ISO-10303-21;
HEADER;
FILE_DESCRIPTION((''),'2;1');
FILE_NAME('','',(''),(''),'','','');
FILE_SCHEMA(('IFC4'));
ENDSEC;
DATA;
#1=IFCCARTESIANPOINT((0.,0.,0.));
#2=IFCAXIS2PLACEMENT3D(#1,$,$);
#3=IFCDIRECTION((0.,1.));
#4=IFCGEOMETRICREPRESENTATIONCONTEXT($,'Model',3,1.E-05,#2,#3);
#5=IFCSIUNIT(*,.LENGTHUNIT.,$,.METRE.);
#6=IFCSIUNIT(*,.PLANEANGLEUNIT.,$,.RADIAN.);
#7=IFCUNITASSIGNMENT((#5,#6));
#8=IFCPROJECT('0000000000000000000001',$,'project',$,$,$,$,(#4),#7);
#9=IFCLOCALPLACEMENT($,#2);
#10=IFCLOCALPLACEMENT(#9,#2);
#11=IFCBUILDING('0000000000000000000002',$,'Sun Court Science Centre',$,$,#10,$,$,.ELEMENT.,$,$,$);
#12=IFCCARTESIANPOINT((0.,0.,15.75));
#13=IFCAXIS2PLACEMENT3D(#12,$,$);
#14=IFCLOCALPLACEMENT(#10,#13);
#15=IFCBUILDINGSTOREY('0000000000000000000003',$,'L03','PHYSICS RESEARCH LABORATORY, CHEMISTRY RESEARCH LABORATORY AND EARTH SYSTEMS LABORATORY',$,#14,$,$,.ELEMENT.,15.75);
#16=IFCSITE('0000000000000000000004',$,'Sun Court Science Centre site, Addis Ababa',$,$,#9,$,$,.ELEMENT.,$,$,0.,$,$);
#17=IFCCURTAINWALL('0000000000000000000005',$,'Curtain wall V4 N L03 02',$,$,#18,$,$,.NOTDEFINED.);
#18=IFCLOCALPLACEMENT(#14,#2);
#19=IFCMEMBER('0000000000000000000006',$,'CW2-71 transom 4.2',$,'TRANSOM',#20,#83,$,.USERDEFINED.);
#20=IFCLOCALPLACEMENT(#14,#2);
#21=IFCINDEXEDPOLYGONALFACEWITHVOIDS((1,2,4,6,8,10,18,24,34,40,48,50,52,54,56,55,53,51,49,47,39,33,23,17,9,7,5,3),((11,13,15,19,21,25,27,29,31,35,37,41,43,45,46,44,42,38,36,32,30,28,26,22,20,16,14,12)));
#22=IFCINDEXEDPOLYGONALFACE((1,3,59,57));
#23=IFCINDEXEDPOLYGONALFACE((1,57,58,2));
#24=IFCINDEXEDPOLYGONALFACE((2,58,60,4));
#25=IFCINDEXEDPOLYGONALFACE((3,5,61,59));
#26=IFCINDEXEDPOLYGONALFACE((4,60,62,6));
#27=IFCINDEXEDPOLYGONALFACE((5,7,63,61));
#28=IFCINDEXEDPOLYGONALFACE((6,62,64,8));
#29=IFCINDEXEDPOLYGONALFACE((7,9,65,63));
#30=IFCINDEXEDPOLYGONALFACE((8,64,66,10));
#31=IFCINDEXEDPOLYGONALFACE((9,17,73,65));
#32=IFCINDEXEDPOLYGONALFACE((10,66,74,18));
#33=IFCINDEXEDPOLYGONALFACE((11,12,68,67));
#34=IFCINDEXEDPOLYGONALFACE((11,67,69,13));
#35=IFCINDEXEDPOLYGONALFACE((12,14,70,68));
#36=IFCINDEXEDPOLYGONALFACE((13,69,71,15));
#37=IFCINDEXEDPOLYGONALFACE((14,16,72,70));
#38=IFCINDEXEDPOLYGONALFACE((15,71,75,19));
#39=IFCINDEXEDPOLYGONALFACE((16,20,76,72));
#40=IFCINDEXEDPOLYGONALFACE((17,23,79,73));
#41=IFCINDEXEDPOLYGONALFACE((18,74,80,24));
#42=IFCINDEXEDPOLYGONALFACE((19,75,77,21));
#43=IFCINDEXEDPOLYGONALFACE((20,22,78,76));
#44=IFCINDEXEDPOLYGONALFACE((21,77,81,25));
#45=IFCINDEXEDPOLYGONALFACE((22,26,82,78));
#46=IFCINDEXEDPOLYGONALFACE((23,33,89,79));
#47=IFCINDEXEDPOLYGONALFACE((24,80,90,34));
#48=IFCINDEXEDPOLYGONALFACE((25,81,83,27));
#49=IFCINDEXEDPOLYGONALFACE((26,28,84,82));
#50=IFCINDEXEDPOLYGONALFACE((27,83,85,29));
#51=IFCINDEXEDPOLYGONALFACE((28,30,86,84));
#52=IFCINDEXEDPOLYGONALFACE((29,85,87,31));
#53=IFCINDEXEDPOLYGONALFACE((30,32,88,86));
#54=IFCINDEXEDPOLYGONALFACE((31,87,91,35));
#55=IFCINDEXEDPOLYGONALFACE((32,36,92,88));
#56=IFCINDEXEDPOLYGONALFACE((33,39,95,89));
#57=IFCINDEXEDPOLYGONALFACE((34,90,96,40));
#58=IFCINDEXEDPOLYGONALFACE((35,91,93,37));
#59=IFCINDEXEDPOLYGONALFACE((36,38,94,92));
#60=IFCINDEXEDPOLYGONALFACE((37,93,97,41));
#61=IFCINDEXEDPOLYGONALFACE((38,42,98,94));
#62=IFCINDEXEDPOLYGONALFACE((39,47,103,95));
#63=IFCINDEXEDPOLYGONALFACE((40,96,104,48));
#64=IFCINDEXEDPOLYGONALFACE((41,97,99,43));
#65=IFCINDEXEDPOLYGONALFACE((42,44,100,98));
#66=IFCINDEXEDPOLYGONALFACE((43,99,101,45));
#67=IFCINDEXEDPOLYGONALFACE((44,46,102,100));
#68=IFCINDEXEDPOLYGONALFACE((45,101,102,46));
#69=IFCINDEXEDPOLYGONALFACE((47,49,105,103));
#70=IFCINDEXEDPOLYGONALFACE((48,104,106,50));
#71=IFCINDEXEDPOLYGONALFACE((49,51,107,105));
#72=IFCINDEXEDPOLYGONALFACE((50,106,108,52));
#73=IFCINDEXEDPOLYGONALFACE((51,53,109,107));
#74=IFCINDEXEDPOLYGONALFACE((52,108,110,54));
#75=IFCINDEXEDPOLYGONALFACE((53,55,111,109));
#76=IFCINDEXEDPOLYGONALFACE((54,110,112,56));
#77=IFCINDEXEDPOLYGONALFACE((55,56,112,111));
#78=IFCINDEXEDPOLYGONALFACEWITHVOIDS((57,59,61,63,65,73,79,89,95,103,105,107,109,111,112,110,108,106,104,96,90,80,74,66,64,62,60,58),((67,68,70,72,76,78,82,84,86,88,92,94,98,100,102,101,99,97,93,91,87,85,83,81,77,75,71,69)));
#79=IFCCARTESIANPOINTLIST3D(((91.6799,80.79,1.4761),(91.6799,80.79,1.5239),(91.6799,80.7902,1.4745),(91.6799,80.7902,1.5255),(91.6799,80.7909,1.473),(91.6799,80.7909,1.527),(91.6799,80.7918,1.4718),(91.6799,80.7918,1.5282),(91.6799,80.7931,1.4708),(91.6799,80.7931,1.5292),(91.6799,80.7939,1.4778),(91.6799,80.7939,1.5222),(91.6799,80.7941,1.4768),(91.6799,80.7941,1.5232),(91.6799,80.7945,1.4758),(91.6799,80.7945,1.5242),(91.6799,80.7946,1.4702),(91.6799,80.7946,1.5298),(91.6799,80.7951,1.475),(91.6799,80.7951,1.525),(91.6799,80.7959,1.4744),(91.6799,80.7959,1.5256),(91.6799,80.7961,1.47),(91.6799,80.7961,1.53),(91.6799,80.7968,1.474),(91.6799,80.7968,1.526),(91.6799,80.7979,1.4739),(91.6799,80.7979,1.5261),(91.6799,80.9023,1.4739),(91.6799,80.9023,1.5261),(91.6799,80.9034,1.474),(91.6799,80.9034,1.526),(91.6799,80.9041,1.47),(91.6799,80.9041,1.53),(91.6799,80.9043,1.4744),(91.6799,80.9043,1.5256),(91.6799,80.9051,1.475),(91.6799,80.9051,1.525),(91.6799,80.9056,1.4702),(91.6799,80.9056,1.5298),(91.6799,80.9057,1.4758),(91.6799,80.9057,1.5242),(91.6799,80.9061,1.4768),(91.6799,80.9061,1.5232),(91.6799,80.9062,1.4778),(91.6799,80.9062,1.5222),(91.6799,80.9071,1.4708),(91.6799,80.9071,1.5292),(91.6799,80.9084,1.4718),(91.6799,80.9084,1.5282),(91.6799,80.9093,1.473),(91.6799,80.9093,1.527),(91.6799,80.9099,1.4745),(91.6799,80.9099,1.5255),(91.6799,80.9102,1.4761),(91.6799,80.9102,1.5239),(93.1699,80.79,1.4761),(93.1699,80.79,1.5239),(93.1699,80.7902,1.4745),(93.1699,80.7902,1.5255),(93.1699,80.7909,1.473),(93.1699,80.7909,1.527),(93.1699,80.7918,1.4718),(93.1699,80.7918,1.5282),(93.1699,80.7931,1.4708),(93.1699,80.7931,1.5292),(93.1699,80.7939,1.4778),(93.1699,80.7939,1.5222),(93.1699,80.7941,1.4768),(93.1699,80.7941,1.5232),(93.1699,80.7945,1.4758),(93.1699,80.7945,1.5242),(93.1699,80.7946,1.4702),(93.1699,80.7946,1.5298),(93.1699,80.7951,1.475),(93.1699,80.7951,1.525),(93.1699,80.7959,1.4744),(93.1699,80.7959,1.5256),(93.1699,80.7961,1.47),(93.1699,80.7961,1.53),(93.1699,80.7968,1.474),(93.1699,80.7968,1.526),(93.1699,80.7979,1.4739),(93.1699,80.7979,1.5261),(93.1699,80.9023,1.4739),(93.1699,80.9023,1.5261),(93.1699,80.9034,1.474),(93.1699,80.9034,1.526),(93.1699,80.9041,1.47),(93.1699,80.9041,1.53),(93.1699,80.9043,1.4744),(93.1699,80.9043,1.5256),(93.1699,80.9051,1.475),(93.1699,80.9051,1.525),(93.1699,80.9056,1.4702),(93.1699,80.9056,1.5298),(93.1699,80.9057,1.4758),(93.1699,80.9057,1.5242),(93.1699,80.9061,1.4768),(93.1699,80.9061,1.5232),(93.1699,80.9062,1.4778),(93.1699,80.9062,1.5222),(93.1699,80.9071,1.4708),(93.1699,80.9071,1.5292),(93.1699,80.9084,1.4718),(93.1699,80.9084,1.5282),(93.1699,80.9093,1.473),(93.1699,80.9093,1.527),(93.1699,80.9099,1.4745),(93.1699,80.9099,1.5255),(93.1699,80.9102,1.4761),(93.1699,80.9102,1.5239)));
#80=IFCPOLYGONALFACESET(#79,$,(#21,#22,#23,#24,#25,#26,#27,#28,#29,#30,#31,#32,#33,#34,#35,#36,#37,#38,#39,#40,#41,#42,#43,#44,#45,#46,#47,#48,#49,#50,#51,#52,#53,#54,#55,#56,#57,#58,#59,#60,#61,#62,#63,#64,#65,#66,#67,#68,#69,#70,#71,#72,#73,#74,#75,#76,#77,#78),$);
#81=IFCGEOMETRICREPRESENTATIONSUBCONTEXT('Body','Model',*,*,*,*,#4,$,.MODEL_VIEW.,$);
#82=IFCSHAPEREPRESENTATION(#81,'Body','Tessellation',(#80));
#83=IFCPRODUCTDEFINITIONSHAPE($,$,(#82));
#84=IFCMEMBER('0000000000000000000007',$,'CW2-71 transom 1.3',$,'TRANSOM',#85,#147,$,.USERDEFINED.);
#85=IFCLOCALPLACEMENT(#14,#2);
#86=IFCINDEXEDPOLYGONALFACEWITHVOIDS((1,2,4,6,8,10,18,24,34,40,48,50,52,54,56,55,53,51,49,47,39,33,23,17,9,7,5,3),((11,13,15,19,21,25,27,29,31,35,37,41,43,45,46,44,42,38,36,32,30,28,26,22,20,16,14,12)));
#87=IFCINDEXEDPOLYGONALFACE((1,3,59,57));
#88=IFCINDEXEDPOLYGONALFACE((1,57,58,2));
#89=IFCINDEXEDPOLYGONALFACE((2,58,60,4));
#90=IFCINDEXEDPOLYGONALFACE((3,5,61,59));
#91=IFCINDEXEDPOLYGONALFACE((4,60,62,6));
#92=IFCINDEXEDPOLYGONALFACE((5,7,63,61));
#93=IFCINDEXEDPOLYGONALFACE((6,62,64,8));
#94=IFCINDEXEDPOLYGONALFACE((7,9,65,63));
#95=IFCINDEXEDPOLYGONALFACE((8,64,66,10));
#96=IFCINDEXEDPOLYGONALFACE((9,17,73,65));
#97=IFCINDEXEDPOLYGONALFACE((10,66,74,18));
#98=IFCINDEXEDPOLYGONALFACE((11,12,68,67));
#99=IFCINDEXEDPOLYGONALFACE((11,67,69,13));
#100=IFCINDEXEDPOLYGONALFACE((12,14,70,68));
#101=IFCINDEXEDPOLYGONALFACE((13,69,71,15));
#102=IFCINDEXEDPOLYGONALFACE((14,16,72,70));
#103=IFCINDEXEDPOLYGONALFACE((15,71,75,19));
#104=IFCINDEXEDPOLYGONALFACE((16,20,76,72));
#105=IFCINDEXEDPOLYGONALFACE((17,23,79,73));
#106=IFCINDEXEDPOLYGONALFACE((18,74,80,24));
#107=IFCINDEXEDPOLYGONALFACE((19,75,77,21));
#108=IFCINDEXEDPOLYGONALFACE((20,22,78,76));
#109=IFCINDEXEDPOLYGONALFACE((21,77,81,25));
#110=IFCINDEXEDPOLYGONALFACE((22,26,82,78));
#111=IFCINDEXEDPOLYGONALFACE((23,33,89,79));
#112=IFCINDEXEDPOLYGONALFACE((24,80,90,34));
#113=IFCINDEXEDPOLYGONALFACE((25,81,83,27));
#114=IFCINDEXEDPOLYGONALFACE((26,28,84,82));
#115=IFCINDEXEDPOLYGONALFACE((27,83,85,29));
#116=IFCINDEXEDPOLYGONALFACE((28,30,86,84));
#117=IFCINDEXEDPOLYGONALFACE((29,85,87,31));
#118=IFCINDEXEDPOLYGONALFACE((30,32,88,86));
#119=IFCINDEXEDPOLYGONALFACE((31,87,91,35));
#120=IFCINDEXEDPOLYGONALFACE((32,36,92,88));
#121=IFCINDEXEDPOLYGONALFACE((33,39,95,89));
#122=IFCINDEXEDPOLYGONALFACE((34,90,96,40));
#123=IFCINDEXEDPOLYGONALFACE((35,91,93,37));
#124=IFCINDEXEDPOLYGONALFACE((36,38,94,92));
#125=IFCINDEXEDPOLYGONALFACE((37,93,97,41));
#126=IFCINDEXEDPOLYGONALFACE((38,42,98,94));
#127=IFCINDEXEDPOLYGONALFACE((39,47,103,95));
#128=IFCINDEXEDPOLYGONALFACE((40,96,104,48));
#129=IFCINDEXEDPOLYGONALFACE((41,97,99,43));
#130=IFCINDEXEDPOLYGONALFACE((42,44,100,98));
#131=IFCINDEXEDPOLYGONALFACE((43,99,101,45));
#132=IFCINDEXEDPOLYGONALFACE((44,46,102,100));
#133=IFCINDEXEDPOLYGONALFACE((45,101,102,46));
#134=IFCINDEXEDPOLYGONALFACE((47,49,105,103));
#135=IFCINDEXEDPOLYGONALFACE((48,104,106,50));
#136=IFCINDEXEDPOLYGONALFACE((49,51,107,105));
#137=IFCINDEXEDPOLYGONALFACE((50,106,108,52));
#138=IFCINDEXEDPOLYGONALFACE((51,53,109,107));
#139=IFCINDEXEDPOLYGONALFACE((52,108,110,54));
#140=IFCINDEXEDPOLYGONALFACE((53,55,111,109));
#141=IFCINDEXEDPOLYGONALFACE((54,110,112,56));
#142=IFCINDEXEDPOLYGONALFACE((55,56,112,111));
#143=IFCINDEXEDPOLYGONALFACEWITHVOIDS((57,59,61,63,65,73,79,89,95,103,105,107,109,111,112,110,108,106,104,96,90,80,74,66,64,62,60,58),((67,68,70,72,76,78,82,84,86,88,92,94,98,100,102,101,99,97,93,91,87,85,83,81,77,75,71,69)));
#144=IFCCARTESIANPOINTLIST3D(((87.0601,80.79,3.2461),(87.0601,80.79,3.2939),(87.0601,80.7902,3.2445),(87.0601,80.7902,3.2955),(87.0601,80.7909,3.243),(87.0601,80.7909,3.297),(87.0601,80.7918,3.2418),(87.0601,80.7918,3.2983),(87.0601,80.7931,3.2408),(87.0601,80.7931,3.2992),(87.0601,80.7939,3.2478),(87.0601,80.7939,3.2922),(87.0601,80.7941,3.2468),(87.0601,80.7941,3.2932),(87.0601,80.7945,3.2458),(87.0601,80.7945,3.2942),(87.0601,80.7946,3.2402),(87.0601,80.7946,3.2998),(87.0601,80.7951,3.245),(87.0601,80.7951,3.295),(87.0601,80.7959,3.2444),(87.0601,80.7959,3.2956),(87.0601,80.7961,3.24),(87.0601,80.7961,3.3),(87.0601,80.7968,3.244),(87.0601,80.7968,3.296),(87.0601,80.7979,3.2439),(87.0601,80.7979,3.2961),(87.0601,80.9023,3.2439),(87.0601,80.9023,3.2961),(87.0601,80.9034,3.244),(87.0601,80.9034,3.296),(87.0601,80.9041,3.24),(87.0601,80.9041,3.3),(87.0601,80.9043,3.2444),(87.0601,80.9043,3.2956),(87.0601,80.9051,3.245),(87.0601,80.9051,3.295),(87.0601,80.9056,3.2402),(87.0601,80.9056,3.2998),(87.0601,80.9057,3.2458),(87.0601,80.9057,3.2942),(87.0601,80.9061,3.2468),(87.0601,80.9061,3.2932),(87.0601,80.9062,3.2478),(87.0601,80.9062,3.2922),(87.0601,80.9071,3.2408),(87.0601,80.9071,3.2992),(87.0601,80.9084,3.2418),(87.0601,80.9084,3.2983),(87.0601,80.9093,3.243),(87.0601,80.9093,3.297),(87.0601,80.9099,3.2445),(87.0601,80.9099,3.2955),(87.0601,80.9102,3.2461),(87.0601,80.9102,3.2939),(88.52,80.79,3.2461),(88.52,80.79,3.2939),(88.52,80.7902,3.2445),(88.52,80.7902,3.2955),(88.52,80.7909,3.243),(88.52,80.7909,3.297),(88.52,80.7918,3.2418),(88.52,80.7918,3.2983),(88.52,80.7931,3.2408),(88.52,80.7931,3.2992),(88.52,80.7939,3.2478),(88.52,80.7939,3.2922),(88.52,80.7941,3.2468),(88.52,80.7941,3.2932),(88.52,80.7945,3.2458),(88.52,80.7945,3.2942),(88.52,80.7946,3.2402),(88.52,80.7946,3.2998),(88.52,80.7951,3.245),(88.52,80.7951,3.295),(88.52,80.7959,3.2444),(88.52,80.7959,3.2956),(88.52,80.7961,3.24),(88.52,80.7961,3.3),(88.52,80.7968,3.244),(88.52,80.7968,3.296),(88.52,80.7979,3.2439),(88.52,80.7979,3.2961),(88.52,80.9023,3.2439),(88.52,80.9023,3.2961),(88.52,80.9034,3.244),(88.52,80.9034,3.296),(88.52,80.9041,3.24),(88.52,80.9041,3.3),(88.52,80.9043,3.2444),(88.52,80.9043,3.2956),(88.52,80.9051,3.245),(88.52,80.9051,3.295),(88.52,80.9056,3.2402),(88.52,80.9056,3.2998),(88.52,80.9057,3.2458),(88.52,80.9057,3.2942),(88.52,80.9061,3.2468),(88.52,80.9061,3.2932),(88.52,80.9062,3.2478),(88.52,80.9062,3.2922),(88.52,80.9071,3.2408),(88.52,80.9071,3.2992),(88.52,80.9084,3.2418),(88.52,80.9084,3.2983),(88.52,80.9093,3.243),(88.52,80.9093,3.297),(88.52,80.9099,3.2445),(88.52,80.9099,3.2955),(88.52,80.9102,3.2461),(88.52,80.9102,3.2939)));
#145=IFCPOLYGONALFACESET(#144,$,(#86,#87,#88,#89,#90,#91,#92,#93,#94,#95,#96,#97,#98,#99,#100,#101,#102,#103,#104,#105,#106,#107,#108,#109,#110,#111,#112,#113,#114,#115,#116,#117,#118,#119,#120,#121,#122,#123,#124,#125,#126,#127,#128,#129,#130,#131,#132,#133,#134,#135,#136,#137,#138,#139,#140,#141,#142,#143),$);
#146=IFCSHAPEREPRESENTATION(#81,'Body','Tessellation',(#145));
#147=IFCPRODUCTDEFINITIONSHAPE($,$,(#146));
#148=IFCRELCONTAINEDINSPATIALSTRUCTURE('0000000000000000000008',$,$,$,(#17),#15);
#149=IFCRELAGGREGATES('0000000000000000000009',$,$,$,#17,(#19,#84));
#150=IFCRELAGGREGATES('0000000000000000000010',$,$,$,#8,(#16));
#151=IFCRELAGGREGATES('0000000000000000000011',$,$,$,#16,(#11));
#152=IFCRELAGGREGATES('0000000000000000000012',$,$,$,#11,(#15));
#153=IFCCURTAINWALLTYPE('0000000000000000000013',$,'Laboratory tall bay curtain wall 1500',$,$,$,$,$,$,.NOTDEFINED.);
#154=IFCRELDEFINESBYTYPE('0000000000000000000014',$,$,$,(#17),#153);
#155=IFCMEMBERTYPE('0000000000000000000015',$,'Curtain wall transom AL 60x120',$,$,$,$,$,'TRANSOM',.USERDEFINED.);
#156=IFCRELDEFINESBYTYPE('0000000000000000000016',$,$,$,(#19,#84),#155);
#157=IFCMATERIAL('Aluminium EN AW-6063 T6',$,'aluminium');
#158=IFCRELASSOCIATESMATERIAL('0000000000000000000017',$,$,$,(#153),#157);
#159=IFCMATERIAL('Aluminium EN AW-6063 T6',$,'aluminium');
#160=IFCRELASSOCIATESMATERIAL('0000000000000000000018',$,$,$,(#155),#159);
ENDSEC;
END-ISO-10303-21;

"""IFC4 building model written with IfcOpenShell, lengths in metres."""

from ifc_helpers import new_model, si_unit, direction, frame, origin, origin_2d, place, context, subcontext, project, spatial, hollow_rectangle, extrude, material, material_profile, profile_set, type_object, element, aggregate, save


model = new_model("IFC4")

# Units and contexts
model_context = context("Model", 3, precision=1e-05, world=origin(), true_north=direction((0.0, 1.0)))
body_context = subcontext(model_context, "Body", "Model", "MODEL_VIEW")
ifc_project = project(units=[si_unit("LENGTHUNIT", "METRE"), si_unit("PLANEANGLEUNIT", "RADIAN")], contexts=[model_context])

# Site, building, storey
site_placement = place(None, origin())
site = spatial("IfcSite", under=ifc_project, at=site_placement, Name="Sun Court Science Centre site, Addis Ababa", CompositionType="ELEMENT", RefElevation=0.0)
building_placement = place(site_placement, origin())
building = spatial("IfcBuilding", under=site, at=building_placement, Name="Sun Court Science Centre", CompositionType="ELEMENT")
storey_placement = place(building_placement, frame((0.0, 0.0, 15.75)))
storey = spatial("IfcBuildingStorey", under=building, at=storey_placement, Name="L03", Description="PHYSICS RESEARCH LABORATORY, CHEMISTRY RESEARCH LABORATORY AND EARTH SYSTEMS LABORATORY", CompositionType="ELEMENT", Elevation=15.75)

# Curtain wall
ifc_material_1 = material(Name="Aluminium EN AW-6063 T6", Category="aluminium")
curtain_wall_type = type_object("IfcCurtainWallType", Name="Laboratory tall bay curtain wall 1500", PredefinedType="NOTDEFINED", material=ifc_material_1)
curtain_wall_1_placement = place(storey_placement, origin())
curtain_wall_1 = element("IfcCurtainWall", 1, at=curtain_wall_1_placement, inside=storey, type_object=curtain_wall_type, Name="Curtain wall V4 N L03 02", PredefinedType="NOTDEFINED")

# Members
ifc_material_2 = material(Name="Aluminium EN AW-6063 T6", Category="aluminium")
ifc_material_profile_1 = material_profile(ifc_material_2, hollow_rectangle(XDim=0.0601, YDim=0.1201, WallThickness=0.0039, InnerFilletRadius=0.0039, OuterFilletRadius=0.0061, at=origin_2d()), Name="AL 60x120x4")
ifc_profile_set_1 = profile_set([ifc_material_profile_1], Name="Aluminium EN AW-6063 T6")
member_type_1 = type_object("IfcMemberType", Name="Curtain wall transom AL 60x120", ElementType="TRANSOM", PredefinedType="USERDEFINED", material=ifc_profile_set_1)
member_1_placement = place(storey_placement, frame((91.6799, 80.8501, 1.5), z_axis=(1.0, 0.0, 0.0), x_axis=(0.0, 0.0, 1.0)))
member_1 = element("IfcMember", 2, at=member_1_placement, type_object=member_type_1, Name="CW2-71 transom 4.2", ObjectType="TRANSOM", PredefinedType="USERDEFINED", context=body_context, shape_type="SweptSolid", body=[
    extrude(hollow_rectangle(XDim=0.0601, YDim=0.1201, WallThickness=0.0039, InnerFilletRadius=0.0039, OuterFilletRadius=0.0061, at=origin_2d()), origin(), (0.0, 0.0, 1.0), 1.49),
])
member_2_placement = place(storey_placement, frame((87.0601, 80.8501, 3.27), z_axis=(1.0, 0.0, 0.0), x_axis=(0.0, 0.0, 1.0)))
member_2 = element("IfcMember", 3, at=member_2_placement, type_object=member_type_1, Name="CW2-71 transom 1.3", ObjectType="TRANSOM", PredefinedType="USERDEFINED", context=body_context, shape_type="SweptSolid", body=[
    extrude(hollow_rectangle(XDim=0.0601, YDim=0.1201, WallThickness=0.0039, InnerFilletRadius=0.0039, OuterFilletRadius=0.0061, at=origin_2d()), origin(), (0.0, 0.0, 1.0), 1.46),
])

aggregate(curtain_wall_1, [member_1, member_2])

save(model, "model.ifc")
